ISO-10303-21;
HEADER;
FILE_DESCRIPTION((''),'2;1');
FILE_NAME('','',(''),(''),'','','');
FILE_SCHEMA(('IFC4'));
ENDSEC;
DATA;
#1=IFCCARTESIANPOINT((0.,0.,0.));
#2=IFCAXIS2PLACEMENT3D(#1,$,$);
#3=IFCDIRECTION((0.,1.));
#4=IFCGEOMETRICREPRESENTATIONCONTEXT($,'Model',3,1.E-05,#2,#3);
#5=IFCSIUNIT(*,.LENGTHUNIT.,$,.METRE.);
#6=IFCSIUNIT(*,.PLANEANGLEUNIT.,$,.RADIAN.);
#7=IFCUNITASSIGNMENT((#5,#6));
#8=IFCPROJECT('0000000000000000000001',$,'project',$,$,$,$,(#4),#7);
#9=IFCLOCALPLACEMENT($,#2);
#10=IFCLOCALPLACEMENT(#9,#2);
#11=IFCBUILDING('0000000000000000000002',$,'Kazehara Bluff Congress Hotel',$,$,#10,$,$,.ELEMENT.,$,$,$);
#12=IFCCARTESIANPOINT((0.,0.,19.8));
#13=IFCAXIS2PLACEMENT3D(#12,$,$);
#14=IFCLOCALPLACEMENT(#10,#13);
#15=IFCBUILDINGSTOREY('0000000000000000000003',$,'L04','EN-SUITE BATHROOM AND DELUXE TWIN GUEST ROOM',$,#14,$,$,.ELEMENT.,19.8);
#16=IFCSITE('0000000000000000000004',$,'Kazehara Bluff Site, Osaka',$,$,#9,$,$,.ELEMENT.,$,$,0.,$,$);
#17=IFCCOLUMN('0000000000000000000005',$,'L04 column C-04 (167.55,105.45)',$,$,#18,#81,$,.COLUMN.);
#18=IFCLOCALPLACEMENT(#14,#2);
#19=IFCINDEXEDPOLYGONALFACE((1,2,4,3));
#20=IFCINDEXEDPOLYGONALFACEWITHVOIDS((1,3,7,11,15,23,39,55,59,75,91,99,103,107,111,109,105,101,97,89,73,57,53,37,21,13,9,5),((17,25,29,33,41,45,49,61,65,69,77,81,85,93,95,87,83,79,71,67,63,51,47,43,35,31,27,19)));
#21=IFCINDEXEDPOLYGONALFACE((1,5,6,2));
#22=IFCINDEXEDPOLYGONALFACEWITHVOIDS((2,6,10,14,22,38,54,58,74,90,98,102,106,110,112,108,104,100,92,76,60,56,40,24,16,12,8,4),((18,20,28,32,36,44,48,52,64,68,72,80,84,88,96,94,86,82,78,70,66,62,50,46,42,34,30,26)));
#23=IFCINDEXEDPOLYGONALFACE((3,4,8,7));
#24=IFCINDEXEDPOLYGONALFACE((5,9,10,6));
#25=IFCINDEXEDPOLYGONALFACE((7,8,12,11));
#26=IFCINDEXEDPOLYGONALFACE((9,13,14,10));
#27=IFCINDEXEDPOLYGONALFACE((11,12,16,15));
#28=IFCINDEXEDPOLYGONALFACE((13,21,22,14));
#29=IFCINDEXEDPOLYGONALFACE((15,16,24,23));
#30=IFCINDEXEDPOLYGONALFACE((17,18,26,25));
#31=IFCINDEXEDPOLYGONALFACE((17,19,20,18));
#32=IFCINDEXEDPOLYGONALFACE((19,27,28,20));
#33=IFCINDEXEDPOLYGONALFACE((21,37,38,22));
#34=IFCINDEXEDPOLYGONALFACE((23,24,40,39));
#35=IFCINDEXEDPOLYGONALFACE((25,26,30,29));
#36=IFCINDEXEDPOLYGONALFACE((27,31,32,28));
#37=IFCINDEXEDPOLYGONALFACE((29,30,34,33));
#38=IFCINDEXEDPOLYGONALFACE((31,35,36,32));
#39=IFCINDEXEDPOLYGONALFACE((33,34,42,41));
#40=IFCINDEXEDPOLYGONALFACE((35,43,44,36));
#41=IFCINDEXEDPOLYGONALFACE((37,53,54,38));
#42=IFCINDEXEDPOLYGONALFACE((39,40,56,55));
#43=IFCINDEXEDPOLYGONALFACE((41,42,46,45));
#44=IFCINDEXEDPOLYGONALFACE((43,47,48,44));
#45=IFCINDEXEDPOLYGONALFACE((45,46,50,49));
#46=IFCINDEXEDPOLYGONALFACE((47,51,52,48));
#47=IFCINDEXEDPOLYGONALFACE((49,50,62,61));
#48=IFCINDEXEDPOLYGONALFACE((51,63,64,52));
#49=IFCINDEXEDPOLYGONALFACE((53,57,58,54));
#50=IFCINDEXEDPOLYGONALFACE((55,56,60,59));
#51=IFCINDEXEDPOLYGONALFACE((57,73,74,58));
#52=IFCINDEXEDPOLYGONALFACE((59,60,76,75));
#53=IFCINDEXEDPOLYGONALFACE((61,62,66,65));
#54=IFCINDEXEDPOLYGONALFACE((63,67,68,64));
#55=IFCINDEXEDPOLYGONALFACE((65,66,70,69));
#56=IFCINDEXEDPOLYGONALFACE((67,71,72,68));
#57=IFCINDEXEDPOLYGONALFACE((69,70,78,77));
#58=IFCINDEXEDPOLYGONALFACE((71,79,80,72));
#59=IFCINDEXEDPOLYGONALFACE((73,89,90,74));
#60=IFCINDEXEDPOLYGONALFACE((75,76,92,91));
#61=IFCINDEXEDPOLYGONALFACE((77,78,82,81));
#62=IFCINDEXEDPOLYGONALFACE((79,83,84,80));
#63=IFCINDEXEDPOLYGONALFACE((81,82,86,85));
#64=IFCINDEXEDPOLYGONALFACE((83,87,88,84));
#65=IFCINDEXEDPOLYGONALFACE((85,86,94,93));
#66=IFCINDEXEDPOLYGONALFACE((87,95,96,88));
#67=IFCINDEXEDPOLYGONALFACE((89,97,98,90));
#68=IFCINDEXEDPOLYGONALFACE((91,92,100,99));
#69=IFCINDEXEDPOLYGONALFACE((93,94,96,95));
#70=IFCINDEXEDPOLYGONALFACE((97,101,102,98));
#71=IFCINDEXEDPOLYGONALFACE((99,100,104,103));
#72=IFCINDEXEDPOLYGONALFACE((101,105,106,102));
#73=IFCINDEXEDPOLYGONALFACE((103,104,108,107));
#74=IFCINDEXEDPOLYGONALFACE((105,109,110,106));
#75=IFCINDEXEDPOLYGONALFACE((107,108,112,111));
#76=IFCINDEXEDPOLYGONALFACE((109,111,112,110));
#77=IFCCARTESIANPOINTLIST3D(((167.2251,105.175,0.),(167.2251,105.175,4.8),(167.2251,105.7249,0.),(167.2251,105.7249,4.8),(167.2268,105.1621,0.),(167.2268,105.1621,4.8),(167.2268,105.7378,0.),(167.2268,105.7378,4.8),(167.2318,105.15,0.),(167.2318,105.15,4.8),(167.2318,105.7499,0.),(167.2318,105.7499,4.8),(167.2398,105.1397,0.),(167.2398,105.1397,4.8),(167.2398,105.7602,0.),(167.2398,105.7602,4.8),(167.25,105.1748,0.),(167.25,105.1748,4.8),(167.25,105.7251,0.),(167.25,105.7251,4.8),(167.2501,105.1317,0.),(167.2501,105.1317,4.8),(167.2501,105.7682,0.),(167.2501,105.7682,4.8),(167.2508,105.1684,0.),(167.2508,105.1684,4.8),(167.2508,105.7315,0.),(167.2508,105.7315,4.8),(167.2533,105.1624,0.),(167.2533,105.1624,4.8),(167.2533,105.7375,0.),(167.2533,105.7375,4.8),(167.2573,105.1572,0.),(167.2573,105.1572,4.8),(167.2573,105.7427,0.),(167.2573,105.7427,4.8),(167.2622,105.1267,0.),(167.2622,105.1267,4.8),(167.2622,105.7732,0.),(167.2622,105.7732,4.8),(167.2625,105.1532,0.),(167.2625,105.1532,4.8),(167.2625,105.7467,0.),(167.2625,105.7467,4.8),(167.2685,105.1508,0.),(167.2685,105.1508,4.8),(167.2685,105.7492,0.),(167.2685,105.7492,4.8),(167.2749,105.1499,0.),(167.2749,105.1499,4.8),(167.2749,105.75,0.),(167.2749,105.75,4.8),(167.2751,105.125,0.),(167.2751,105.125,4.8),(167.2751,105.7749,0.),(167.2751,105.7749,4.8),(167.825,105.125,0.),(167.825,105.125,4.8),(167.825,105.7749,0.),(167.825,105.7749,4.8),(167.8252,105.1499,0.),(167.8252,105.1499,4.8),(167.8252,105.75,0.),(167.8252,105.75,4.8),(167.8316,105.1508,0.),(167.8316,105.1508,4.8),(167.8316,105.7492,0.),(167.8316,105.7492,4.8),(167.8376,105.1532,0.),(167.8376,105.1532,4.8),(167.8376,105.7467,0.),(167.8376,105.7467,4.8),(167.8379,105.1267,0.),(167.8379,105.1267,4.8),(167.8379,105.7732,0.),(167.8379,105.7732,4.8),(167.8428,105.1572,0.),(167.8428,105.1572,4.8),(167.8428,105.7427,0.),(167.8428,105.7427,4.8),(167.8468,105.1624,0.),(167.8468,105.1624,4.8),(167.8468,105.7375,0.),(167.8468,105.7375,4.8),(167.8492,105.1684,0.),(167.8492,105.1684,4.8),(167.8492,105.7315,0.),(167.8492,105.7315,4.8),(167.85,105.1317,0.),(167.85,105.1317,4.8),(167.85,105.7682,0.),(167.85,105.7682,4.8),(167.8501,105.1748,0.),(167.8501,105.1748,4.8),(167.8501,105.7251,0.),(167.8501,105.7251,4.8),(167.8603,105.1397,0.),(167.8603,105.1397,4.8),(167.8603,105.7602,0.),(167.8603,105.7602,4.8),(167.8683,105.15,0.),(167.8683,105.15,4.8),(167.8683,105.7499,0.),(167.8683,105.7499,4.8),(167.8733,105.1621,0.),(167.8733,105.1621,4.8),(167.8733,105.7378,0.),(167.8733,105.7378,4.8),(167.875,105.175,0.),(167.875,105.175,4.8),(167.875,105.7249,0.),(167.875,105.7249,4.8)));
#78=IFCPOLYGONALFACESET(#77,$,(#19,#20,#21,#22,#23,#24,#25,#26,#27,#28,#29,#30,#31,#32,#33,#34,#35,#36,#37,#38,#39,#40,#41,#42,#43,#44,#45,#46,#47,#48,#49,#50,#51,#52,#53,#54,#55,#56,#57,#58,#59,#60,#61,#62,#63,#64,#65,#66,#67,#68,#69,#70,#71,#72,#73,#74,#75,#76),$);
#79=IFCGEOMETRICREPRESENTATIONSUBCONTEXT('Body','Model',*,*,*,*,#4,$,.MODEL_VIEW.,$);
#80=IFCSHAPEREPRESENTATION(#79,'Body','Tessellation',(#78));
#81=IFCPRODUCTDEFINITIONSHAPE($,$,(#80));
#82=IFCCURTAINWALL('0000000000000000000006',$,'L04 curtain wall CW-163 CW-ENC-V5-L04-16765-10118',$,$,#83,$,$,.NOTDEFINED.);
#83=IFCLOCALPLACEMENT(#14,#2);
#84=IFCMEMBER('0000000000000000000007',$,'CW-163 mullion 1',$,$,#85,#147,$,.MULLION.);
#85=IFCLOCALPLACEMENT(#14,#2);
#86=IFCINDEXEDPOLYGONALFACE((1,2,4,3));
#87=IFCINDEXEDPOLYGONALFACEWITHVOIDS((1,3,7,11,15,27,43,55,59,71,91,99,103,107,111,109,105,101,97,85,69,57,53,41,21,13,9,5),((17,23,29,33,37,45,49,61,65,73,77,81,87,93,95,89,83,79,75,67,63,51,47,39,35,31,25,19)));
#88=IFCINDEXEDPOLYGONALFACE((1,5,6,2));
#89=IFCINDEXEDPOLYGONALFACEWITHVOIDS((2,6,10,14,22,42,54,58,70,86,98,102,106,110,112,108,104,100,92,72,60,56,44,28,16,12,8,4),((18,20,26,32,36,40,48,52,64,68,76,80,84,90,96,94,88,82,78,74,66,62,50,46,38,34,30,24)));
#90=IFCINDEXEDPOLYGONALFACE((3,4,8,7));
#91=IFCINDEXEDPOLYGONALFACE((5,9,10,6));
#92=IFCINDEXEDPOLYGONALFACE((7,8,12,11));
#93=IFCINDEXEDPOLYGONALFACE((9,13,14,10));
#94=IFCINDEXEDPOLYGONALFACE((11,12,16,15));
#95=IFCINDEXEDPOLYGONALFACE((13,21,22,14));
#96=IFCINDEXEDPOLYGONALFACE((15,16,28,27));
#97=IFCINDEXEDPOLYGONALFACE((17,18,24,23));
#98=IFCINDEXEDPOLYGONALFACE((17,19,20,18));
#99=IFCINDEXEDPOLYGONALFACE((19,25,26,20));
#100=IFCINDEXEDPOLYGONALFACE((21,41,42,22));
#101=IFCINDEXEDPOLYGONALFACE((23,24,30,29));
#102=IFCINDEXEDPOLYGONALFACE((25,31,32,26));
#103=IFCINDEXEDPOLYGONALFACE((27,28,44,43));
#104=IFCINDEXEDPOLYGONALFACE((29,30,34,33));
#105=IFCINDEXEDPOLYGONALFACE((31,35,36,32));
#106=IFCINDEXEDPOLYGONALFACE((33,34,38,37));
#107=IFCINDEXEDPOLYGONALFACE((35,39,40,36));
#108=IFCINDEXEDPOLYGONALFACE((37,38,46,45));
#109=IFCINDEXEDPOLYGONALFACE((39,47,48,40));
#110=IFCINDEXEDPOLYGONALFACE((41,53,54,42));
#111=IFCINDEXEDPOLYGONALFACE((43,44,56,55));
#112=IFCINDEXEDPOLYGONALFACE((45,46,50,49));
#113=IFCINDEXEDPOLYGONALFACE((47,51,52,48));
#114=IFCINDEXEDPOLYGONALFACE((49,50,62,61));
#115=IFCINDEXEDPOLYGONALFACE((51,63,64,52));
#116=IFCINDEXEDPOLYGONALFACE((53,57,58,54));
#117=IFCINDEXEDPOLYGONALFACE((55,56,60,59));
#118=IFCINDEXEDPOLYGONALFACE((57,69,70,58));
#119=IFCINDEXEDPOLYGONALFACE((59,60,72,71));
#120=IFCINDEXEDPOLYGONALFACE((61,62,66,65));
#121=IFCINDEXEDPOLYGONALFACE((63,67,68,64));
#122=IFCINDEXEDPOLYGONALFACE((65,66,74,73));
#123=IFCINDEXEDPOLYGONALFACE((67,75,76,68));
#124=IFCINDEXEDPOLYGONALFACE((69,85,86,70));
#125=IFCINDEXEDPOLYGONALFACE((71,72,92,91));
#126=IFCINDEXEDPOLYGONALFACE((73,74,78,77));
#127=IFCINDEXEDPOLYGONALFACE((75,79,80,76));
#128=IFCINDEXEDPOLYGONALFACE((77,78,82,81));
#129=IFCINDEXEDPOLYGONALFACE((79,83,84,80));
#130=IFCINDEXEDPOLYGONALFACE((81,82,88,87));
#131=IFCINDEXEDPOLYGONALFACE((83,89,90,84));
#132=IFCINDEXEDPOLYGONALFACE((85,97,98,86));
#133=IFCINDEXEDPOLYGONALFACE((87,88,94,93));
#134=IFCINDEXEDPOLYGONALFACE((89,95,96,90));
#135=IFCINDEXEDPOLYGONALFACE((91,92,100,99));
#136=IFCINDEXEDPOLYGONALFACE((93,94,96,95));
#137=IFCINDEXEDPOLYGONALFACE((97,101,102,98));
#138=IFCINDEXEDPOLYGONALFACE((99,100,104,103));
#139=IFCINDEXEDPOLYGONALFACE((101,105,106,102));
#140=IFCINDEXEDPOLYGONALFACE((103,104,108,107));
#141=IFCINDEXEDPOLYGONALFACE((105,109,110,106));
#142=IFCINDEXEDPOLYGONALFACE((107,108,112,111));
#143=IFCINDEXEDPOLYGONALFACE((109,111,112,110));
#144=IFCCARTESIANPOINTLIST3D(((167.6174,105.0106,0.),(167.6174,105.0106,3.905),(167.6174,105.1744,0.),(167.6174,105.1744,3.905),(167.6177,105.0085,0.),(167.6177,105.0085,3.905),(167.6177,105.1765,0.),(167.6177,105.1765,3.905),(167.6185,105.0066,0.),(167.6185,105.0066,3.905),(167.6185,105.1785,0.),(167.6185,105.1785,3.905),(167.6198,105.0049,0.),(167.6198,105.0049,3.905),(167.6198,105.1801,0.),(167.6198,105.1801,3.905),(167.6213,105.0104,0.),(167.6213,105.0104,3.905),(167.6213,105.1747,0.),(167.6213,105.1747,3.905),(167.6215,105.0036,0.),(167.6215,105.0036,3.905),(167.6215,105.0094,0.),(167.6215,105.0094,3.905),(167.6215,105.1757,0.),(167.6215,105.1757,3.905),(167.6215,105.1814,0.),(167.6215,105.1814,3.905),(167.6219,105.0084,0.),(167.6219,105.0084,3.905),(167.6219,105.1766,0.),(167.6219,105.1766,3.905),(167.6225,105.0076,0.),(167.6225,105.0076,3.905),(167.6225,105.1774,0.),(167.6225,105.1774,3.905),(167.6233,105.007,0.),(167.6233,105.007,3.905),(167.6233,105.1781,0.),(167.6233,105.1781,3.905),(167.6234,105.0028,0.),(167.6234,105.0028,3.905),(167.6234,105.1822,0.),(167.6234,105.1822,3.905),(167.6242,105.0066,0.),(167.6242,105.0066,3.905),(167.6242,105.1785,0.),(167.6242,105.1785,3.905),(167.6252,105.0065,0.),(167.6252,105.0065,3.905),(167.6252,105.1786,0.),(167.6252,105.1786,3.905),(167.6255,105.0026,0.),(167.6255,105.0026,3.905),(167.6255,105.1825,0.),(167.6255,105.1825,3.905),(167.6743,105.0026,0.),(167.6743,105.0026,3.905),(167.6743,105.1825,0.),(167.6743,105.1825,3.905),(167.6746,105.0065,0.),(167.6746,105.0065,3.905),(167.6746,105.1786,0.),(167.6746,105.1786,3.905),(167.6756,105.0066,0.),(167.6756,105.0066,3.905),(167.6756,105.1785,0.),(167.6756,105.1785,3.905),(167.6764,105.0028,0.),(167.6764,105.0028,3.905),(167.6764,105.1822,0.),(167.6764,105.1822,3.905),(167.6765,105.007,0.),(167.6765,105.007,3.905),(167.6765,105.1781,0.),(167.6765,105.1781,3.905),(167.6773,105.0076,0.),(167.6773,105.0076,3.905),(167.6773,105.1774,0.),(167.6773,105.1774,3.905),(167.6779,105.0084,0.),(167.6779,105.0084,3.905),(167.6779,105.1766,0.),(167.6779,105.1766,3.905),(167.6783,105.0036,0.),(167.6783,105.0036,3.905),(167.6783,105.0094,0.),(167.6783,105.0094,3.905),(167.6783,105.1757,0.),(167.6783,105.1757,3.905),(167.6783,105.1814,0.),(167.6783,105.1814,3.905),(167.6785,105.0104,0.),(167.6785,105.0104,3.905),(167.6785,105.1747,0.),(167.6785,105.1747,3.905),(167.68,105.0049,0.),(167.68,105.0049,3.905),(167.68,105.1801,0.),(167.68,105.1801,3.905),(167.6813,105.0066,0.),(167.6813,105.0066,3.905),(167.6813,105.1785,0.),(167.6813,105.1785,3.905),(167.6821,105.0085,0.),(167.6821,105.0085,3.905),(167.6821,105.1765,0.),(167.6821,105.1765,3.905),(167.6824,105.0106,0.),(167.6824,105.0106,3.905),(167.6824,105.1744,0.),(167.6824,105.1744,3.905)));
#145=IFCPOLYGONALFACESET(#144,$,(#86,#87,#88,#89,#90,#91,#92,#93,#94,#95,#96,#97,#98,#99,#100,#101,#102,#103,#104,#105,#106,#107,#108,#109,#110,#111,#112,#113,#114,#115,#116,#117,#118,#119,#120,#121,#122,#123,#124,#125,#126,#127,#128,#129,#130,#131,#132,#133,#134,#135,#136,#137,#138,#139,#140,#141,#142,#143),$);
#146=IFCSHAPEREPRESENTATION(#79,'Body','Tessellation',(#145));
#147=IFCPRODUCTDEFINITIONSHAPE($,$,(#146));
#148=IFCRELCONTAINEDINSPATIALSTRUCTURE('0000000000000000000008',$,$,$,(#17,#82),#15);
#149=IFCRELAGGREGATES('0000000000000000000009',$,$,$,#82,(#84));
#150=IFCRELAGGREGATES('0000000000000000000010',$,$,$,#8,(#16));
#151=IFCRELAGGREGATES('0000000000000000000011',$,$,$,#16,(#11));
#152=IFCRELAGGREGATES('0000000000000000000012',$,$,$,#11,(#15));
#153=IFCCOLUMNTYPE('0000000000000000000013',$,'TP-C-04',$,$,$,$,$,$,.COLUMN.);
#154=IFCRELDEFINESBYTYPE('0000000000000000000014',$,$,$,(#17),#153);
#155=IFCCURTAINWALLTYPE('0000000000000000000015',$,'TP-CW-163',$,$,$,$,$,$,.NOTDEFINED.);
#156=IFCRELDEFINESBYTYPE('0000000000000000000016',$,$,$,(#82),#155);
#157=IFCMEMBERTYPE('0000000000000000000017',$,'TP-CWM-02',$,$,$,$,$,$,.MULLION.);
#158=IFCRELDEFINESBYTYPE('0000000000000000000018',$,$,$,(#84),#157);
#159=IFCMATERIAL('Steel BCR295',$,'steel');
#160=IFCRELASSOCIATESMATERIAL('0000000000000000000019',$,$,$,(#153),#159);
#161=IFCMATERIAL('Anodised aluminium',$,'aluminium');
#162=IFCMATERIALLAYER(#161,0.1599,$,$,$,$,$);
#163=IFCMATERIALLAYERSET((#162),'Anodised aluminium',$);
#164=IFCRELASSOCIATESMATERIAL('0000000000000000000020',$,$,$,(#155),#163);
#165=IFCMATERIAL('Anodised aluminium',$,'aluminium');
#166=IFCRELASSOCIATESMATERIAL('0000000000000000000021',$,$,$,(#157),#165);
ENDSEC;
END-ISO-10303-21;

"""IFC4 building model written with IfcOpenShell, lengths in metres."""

from ifc_helpers import new_model, si_unit, direction, frame, origin, origin_2d, place, context, subcontext, project, spatial, hollow_rectangle, extrude, material, layer, layer_set, material_profile, profile_set, type_object, element, aggregate, save


model = new_model("IFC4")

# Units and contexts
model_context = context("Model", 3, precision=1e-05, world=origin(), true_north=direction((0.0, 1.0)))
body_context = subcontext(model_context, "Body", "Model", "MODEL_VIEW")
ifc_project = project(units=[si_unit("LENGTHUNIT", "METRE"), si_unit("PLANEANGLEUNIT", "RADIAN")], contexts=[model_context])

# Site, building, storey
site_placement = place(None, origin())
site = spatial("IfcSite", under=ifc_project, at=site_placement, Name="Kazehara Bluff Site, Osaka", CompositionType="ELEMENT", RefElevation=0.0)
building_placement = place(site_placement, origin())
building = spatial("IfcBuilding", under=site, at=building_placement, Name="Kazehara Bluff Congress Hotel", CompositionType="ELEMENT")
storey_placement = place(building_placement, frame((0.0, 0.0, 19.8)))
storey = spatial("IfcBuildingStorey", under=building, at=storey_placement, Name="L04", Description="EN-SUITE BATHROOM AND DELUXE TWIN GUEST ROOM", CompositionType="ELEMENT", Elevation=19.8)

# Column
ifc_material_1 = material(Name="Steel BCR295", Category="steel")
ifc_material_profile_1 = material_profile(ifc_material_1, hollow_rectangle(XDim=0.6499, YDim=0.6499, WallThickness=0.0249, InnerFilletRadius=0.0249, OuterFilletRadius=0.05, at=origin_2d()))
ifc_profile_set_1 = profile_set([ifc_material_profile_1], Name="Steel BCR295")
column_type = type_object("IfcColumnType", Name="TP-C-04", PredefinedType="COLUMN", material=ifc_profile_set_1)
column_placement = place(storey_placement, frame((167.55, 105.45, 0.0), z_axis=(0.0, 0.0, 1.0), x_axis=(1.0, 0.0, 0.0)))
element("IfcColumn", 1, at=column_placement, inside=storey, type_object=column_type, Name="L04 column C-04 (167.55,105.45)", PredefinedType="COLUMN", context=body_context, shape_type="SweptSolid", body=[
    extrude(hollow_rectangle(XDim=0.6499, YDim=0.6499, WallThickness=0.0249, InnerFilletRadius=0.0249, OuterFilletRadius=0.05, at=origin_2d()), origin(), (0.0, 0.0, 1.0), 4.8),
])

# Curtain wall, member
ifc_material_2 = material(Name="Anodised aluminium", Category="aluminium")
ifc_layer_1 = layer(ifc_material_2, 0.1599)
ifc_layer_set_1 = layer_set([ifc_layer_1], Name="Anodised aluminium")
curtain_wall_type_1 = type_object("IfcCurtainWallType", Name="TP-CW-163", PredefinedType="NOTDEFINED", material=ifc_layer_set_1)
curtain_wall_1_placement = place(storey_placement, origin())
curtain_wall_1 = element("IfcCurtainWall", 2, at=curtain_wall_1_placement, inside=storey, type_object=curtain_wall_type_1, Name="L04 curtain wall CW-163 CW-ENC-V5-L04-16765-10118", PredefinedType="NOTDEFINED")
ifc_material_3 = material(Name="Anodised aluminium", Category="aluminium")
ifc_material_profile_2 = material_profile(ifc_material_3, hollow_rectangle(XDim=0.0649, YDim=0.1799, WallThickness=0.0039, InnerFilletRadius=0.0039, OuterFilletRadius=0.0081, at=origin_2d()))
ifc_profile_set_2 = profile_set([ifc_material_profile_2], Name="Anodised aluminium")
member_type_1 = type_object("IfcMemberType", Name="TP-CWM-02", PredefinedType="MULLION", material=ifc_profile_set_2)
member_1_placement = place(storey_placement, frame((167.6499, 105.0925, 0.0), z_axis=(0.0, 0.0, 1.0), x_axis=(1.0, 0.0, 0.0)))
member_1 = element("IfcMember", 3, at=member_1_placement, type_object=member_type_1, Name="CW-163 mullion 1", PredefinedType="MULLION", context=body_context, shape_type="SweptSolid", body=[
    extrude(hollow_rectangle(XDim=0.0649, YDim=0.1799, WallThickness=0.0039, InnerFilletRadius=0.0039, OuterFilletRadius=0.0081, at=origin_2d()), origin(), (0.0, 0.0, 1.0), 3.905),
])

aggregate(curtain_wall_1, [member_1])

save(model, "model.ifc")
